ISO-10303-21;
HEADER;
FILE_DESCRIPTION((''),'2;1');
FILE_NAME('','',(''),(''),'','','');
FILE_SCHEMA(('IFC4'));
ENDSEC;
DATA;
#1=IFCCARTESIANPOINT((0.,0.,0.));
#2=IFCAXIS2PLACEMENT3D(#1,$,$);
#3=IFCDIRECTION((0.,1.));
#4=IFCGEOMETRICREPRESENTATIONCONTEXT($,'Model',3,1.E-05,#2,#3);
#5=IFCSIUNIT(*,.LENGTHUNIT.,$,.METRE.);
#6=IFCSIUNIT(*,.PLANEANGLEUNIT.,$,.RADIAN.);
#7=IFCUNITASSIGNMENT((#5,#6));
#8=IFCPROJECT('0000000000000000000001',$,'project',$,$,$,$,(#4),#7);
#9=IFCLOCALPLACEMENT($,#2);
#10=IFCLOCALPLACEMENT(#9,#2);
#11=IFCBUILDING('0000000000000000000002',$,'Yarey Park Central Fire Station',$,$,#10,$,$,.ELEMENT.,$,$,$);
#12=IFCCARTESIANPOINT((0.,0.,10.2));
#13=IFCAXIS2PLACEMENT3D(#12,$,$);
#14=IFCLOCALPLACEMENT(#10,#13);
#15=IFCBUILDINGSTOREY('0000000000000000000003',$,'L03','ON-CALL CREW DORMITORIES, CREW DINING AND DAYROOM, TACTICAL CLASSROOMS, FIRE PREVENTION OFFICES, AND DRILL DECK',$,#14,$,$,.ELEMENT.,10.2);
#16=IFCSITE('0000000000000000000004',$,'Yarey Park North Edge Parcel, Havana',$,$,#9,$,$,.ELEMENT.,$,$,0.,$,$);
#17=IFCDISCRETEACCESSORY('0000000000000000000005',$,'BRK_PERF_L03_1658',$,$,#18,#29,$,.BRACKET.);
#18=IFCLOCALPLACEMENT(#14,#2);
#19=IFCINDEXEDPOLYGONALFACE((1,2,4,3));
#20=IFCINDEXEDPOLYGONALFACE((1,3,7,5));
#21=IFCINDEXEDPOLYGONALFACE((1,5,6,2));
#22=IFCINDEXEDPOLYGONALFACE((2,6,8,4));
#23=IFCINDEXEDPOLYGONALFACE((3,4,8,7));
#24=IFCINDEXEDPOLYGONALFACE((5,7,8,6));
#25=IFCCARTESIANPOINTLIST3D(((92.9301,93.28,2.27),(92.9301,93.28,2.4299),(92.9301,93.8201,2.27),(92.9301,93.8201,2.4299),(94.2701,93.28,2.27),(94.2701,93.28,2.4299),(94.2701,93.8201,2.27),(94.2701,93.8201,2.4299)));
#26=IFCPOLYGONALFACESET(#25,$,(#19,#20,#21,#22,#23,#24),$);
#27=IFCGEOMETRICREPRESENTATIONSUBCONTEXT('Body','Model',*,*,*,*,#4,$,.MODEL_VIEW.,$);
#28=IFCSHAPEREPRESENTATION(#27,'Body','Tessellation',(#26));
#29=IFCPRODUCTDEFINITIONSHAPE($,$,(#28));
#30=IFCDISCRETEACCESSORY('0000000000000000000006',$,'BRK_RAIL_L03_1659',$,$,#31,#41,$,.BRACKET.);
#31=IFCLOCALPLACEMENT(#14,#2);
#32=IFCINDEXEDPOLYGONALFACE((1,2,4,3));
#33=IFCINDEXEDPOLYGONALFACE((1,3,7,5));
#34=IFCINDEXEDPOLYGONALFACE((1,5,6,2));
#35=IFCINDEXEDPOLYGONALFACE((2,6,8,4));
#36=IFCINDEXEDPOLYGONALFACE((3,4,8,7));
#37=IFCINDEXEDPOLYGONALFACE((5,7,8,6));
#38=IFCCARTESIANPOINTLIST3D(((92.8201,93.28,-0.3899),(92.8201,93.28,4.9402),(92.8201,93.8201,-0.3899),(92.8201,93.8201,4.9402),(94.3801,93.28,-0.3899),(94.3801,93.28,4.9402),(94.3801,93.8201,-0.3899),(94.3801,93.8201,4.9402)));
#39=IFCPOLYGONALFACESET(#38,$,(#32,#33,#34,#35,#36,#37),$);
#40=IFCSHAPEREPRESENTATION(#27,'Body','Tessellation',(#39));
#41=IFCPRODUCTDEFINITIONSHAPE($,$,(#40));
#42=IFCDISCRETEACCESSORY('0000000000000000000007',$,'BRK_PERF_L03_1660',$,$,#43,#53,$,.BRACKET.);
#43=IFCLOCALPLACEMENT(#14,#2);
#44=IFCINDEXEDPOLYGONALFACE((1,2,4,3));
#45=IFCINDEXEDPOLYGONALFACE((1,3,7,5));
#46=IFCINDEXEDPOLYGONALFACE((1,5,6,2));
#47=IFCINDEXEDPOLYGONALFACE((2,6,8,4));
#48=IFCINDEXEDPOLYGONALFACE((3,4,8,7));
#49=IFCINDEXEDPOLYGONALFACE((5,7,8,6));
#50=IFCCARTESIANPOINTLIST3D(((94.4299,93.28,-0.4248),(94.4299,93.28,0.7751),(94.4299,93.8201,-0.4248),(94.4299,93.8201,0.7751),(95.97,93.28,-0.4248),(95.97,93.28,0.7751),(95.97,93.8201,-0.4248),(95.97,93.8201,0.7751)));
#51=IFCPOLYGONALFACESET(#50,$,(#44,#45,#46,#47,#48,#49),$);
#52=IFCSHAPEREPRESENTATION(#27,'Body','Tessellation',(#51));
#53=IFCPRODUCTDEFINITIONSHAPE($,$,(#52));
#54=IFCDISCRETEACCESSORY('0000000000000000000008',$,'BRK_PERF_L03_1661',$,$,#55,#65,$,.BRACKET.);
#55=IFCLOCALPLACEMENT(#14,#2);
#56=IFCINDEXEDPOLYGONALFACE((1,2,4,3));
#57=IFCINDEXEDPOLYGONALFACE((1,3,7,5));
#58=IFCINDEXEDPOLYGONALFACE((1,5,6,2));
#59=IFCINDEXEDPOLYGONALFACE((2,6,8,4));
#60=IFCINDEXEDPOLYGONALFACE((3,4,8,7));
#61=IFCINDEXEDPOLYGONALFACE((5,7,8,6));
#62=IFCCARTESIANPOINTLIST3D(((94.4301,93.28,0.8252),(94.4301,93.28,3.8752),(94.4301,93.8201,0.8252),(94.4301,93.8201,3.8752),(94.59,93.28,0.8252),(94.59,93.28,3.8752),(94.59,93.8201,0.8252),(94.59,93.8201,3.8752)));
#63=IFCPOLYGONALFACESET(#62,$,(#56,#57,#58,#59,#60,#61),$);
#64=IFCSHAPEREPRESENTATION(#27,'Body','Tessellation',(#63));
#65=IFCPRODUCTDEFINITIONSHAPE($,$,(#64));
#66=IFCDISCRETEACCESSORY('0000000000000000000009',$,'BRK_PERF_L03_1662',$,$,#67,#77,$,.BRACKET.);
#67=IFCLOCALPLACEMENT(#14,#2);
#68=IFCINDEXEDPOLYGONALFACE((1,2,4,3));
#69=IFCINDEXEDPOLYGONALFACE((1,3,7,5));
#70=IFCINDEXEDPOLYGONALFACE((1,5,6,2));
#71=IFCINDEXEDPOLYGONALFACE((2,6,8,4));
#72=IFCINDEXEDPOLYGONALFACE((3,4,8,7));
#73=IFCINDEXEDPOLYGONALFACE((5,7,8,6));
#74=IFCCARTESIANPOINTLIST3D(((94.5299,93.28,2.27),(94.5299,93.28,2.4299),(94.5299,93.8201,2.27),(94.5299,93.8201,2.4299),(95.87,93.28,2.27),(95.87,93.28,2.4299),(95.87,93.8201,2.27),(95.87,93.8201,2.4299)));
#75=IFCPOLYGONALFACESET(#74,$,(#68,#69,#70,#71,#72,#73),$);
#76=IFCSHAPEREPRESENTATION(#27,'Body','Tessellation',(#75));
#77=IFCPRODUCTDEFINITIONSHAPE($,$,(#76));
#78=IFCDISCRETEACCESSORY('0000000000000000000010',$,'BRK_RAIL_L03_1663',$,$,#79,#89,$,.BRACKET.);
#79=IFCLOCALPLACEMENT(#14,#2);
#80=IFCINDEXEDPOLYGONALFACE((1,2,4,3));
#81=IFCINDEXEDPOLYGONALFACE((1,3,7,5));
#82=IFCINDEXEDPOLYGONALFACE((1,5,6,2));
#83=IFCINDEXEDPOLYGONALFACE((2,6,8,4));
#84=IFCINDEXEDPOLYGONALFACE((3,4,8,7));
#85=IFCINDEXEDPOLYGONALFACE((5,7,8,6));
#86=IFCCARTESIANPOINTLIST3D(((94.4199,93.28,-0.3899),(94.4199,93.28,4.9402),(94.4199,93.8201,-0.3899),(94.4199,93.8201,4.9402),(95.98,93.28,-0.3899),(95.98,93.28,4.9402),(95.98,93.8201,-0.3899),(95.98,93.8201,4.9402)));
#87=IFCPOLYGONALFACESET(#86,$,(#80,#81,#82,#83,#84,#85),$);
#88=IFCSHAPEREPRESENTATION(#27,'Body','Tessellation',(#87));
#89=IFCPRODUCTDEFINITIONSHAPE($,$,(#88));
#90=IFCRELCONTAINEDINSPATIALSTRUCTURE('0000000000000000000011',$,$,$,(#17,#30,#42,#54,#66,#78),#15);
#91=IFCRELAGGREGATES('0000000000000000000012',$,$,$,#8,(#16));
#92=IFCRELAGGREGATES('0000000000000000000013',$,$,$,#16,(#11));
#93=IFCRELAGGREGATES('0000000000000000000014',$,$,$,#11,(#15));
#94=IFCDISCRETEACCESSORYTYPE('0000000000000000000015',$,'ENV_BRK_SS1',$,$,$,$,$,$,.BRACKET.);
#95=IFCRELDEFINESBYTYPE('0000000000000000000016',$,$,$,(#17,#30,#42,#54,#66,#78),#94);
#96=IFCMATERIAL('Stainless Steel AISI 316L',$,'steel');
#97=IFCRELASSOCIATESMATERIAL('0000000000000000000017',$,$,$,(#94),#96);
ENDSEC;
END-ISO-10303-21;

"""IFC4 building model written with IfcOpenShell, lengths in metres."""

from ifc_helpers import new_model, si_unit, direction, frame, origin, origin_2d, place, context, subcontext, project, spatial, rectangle, extrude, material, type_object, element, save


model = new_model("IFC4")

# Units and contexts
model_context = context("Model", 3, precision=1e-05, world=origin(), true_north=direction((0.0, 1.0)))
body_context = subcontext(model_context, "Body", "Model", "MODEL_VIEW")
ifc_project = project(units=[si_unit("LENGTHUNIT", "METRE"), si_unit("PLANEANGLEUNIT", "RADIAN")], contexts=[model_context])

# Site, building, storey
site_placement = place(None, origin())
site = spatial("IfcSite", under=ifc_project, at=site_placement, Name="Yarey Park North Edge Parcel, Havana", CompositionType="ELEMENT", RefElevation=0.0)
building_placement = place(site_placement, origin())
building = spatial("IfcBuilding", under=site, at=building_placement, Name="Yarey Park Central Fire Station", CompositionType="ELEMENT")
storey_placement = place(building_placement, frame((0.0, 0.0, 10.2)))
storey = spatial("IfcBuildingStorey", under=building, at=storey_placement, Name="L03", Description="ON-CALL CREW DORMITORIES, CREW DINING AND DAYROOM, TACTICAL CLASSROOMS, FIRE PREVENTION OFFICES, AND DRILL DECK", CompositionType="ELEMENT", Elevation=10.2)

# Discrete accessories
ifc_material_1 = material(Name="Stainless Steel AISI 316L", Category="steel")
discrete_accessory_type = type_object("IfcDiscreteAccessoryType", Name="ENV_BRK_SS1", PredefinedType="BRACKET", material=ifc_material_1)
discrete_accessory_1_placement = place(storey_placement, frame((93.6001, 93.55, 2.27), z_axis=(0.0, 0.0, 1.0), x_axis=(1.0, 0.0, 0.0)))
element("IfcDiscreteAccessory", 1, at=discrete_accessory_1_placement, inside=storey, type_object=discrete_accessory_type, Name="BRK_PERF_L03_1658", PredefinedType="BRACKET", context=body_context, shape_type="SweptSolid", body=[
    extrude(rectangle(XDim=1.3401, YDim=0.54, at=origin_2d()), origin(), (0.0, 0.0, 1.0), 0.1599),
])
discrete_accessory_2_placement = place(storey_placement, frame((93.6001, 93.55, -0.3899), z_axis=(0.0, 0.0, 1.0), x_axis=(1.0, 0.0, 0.0)))
element("IfcDiscreteAccessory", 2, at=discrete_accessory_2_placement, inside=storey, type_object=discrete_accessory_type, Name="BRK_RAIL_L03_1659", PredefinedType="BRACKET", context=body_context, shape_type="SweptSolid", body=[
    extrude(rectangle(XDim=1.5601, YDim=0.54, at=origin_2d()), origin(), (0.0, 0.0, 1.0), 5.3301),
])
discrete_accessory_3_placement = place(storey_placement, frame((95.2, 93.55, -0.4248), z_axis=(0.0, 0.0, 1.0), x_axis=(1.0, 0.0, 0.0)))
element("IfcDiscreteAccessory", 3, at=discrete_accessory_3_placement, inside=storey, type_object=discrete_accessory_type, Name="BRK_PERF_L03_1660", PredefinedType="BRACKET", context=body_context, shape_type="SweptSolid", body=[
    extrude(rectangle(XDim=1.54, YDim=0.54, at=origin_2d()), origin(), (0.0, 0.0, 1.0), 1.2),
])
discrete_accessory_4_placement = place(storey_placement, frame((94.51, 93.55, 0.8252), z_axis=(0.0, 0.0, 1.0), x_axis=(1.0, 0.0, 0.0)))
element("IfcDiscreteAccessory", 4, at=discrete_accessory_4_placement, inside=storey, type_object=discrete_accessory_type, Name="BRK_PERF_L03_1661", PredefinedType="BRACKET", context=body_context, shape_type="SweptSolid", body=[
    extrude(rectangle(XDim=0.1599, YDim=0.54, at=origin_2d()), origin(), (0.0, 0.0, 1.0), 3.05),
])
discrete_accessory_5_placement = place(storey_placement, frame((95.2, 93.55, 2.27), z_axis=(0.0, 0.0, 1.0), x_axis=(1.0, 0.0, 0.0)))
element("IfcDiscreteAccessory", 5, at=discrete_accessory_5_placement, inside=storey, type_object=discrete_accessory_type, Name="BRK_PERF_L03_1662", PredefinedType="BRACKET", context=body_context, shape_type="SweptSolid", body=[
    extrude(rectangle(XDim=1.3401, YDim=0.54, at=origin_2d()), origin(), (0.0, 0.0, 1.0), 0.1599),
])
discrete_accessory_6_placement = place(storey_placement, frame((95.2, 93.55, -0.3899), z_axis=(0.0, 0.0, 1.0), x_axis=(1.0, 0.0, 0.0)))
element("IfcDiscreteAccessory", 6, at=discrete_accessory_6_placement, inside=storey, type_object=discrete_accessory_type, Name="BRK_RAIL_L03_1663", PredefinedType="BRACKET", context=body_context, shape_type="SweptSolid", body=[
    extrude(rectangle(XDim=1.5601, YDim=0.54, at=origin_2d()), origin(), (0.0, 0.0, 1.0), 5.3301),
])

save(model, "model.ifc")
